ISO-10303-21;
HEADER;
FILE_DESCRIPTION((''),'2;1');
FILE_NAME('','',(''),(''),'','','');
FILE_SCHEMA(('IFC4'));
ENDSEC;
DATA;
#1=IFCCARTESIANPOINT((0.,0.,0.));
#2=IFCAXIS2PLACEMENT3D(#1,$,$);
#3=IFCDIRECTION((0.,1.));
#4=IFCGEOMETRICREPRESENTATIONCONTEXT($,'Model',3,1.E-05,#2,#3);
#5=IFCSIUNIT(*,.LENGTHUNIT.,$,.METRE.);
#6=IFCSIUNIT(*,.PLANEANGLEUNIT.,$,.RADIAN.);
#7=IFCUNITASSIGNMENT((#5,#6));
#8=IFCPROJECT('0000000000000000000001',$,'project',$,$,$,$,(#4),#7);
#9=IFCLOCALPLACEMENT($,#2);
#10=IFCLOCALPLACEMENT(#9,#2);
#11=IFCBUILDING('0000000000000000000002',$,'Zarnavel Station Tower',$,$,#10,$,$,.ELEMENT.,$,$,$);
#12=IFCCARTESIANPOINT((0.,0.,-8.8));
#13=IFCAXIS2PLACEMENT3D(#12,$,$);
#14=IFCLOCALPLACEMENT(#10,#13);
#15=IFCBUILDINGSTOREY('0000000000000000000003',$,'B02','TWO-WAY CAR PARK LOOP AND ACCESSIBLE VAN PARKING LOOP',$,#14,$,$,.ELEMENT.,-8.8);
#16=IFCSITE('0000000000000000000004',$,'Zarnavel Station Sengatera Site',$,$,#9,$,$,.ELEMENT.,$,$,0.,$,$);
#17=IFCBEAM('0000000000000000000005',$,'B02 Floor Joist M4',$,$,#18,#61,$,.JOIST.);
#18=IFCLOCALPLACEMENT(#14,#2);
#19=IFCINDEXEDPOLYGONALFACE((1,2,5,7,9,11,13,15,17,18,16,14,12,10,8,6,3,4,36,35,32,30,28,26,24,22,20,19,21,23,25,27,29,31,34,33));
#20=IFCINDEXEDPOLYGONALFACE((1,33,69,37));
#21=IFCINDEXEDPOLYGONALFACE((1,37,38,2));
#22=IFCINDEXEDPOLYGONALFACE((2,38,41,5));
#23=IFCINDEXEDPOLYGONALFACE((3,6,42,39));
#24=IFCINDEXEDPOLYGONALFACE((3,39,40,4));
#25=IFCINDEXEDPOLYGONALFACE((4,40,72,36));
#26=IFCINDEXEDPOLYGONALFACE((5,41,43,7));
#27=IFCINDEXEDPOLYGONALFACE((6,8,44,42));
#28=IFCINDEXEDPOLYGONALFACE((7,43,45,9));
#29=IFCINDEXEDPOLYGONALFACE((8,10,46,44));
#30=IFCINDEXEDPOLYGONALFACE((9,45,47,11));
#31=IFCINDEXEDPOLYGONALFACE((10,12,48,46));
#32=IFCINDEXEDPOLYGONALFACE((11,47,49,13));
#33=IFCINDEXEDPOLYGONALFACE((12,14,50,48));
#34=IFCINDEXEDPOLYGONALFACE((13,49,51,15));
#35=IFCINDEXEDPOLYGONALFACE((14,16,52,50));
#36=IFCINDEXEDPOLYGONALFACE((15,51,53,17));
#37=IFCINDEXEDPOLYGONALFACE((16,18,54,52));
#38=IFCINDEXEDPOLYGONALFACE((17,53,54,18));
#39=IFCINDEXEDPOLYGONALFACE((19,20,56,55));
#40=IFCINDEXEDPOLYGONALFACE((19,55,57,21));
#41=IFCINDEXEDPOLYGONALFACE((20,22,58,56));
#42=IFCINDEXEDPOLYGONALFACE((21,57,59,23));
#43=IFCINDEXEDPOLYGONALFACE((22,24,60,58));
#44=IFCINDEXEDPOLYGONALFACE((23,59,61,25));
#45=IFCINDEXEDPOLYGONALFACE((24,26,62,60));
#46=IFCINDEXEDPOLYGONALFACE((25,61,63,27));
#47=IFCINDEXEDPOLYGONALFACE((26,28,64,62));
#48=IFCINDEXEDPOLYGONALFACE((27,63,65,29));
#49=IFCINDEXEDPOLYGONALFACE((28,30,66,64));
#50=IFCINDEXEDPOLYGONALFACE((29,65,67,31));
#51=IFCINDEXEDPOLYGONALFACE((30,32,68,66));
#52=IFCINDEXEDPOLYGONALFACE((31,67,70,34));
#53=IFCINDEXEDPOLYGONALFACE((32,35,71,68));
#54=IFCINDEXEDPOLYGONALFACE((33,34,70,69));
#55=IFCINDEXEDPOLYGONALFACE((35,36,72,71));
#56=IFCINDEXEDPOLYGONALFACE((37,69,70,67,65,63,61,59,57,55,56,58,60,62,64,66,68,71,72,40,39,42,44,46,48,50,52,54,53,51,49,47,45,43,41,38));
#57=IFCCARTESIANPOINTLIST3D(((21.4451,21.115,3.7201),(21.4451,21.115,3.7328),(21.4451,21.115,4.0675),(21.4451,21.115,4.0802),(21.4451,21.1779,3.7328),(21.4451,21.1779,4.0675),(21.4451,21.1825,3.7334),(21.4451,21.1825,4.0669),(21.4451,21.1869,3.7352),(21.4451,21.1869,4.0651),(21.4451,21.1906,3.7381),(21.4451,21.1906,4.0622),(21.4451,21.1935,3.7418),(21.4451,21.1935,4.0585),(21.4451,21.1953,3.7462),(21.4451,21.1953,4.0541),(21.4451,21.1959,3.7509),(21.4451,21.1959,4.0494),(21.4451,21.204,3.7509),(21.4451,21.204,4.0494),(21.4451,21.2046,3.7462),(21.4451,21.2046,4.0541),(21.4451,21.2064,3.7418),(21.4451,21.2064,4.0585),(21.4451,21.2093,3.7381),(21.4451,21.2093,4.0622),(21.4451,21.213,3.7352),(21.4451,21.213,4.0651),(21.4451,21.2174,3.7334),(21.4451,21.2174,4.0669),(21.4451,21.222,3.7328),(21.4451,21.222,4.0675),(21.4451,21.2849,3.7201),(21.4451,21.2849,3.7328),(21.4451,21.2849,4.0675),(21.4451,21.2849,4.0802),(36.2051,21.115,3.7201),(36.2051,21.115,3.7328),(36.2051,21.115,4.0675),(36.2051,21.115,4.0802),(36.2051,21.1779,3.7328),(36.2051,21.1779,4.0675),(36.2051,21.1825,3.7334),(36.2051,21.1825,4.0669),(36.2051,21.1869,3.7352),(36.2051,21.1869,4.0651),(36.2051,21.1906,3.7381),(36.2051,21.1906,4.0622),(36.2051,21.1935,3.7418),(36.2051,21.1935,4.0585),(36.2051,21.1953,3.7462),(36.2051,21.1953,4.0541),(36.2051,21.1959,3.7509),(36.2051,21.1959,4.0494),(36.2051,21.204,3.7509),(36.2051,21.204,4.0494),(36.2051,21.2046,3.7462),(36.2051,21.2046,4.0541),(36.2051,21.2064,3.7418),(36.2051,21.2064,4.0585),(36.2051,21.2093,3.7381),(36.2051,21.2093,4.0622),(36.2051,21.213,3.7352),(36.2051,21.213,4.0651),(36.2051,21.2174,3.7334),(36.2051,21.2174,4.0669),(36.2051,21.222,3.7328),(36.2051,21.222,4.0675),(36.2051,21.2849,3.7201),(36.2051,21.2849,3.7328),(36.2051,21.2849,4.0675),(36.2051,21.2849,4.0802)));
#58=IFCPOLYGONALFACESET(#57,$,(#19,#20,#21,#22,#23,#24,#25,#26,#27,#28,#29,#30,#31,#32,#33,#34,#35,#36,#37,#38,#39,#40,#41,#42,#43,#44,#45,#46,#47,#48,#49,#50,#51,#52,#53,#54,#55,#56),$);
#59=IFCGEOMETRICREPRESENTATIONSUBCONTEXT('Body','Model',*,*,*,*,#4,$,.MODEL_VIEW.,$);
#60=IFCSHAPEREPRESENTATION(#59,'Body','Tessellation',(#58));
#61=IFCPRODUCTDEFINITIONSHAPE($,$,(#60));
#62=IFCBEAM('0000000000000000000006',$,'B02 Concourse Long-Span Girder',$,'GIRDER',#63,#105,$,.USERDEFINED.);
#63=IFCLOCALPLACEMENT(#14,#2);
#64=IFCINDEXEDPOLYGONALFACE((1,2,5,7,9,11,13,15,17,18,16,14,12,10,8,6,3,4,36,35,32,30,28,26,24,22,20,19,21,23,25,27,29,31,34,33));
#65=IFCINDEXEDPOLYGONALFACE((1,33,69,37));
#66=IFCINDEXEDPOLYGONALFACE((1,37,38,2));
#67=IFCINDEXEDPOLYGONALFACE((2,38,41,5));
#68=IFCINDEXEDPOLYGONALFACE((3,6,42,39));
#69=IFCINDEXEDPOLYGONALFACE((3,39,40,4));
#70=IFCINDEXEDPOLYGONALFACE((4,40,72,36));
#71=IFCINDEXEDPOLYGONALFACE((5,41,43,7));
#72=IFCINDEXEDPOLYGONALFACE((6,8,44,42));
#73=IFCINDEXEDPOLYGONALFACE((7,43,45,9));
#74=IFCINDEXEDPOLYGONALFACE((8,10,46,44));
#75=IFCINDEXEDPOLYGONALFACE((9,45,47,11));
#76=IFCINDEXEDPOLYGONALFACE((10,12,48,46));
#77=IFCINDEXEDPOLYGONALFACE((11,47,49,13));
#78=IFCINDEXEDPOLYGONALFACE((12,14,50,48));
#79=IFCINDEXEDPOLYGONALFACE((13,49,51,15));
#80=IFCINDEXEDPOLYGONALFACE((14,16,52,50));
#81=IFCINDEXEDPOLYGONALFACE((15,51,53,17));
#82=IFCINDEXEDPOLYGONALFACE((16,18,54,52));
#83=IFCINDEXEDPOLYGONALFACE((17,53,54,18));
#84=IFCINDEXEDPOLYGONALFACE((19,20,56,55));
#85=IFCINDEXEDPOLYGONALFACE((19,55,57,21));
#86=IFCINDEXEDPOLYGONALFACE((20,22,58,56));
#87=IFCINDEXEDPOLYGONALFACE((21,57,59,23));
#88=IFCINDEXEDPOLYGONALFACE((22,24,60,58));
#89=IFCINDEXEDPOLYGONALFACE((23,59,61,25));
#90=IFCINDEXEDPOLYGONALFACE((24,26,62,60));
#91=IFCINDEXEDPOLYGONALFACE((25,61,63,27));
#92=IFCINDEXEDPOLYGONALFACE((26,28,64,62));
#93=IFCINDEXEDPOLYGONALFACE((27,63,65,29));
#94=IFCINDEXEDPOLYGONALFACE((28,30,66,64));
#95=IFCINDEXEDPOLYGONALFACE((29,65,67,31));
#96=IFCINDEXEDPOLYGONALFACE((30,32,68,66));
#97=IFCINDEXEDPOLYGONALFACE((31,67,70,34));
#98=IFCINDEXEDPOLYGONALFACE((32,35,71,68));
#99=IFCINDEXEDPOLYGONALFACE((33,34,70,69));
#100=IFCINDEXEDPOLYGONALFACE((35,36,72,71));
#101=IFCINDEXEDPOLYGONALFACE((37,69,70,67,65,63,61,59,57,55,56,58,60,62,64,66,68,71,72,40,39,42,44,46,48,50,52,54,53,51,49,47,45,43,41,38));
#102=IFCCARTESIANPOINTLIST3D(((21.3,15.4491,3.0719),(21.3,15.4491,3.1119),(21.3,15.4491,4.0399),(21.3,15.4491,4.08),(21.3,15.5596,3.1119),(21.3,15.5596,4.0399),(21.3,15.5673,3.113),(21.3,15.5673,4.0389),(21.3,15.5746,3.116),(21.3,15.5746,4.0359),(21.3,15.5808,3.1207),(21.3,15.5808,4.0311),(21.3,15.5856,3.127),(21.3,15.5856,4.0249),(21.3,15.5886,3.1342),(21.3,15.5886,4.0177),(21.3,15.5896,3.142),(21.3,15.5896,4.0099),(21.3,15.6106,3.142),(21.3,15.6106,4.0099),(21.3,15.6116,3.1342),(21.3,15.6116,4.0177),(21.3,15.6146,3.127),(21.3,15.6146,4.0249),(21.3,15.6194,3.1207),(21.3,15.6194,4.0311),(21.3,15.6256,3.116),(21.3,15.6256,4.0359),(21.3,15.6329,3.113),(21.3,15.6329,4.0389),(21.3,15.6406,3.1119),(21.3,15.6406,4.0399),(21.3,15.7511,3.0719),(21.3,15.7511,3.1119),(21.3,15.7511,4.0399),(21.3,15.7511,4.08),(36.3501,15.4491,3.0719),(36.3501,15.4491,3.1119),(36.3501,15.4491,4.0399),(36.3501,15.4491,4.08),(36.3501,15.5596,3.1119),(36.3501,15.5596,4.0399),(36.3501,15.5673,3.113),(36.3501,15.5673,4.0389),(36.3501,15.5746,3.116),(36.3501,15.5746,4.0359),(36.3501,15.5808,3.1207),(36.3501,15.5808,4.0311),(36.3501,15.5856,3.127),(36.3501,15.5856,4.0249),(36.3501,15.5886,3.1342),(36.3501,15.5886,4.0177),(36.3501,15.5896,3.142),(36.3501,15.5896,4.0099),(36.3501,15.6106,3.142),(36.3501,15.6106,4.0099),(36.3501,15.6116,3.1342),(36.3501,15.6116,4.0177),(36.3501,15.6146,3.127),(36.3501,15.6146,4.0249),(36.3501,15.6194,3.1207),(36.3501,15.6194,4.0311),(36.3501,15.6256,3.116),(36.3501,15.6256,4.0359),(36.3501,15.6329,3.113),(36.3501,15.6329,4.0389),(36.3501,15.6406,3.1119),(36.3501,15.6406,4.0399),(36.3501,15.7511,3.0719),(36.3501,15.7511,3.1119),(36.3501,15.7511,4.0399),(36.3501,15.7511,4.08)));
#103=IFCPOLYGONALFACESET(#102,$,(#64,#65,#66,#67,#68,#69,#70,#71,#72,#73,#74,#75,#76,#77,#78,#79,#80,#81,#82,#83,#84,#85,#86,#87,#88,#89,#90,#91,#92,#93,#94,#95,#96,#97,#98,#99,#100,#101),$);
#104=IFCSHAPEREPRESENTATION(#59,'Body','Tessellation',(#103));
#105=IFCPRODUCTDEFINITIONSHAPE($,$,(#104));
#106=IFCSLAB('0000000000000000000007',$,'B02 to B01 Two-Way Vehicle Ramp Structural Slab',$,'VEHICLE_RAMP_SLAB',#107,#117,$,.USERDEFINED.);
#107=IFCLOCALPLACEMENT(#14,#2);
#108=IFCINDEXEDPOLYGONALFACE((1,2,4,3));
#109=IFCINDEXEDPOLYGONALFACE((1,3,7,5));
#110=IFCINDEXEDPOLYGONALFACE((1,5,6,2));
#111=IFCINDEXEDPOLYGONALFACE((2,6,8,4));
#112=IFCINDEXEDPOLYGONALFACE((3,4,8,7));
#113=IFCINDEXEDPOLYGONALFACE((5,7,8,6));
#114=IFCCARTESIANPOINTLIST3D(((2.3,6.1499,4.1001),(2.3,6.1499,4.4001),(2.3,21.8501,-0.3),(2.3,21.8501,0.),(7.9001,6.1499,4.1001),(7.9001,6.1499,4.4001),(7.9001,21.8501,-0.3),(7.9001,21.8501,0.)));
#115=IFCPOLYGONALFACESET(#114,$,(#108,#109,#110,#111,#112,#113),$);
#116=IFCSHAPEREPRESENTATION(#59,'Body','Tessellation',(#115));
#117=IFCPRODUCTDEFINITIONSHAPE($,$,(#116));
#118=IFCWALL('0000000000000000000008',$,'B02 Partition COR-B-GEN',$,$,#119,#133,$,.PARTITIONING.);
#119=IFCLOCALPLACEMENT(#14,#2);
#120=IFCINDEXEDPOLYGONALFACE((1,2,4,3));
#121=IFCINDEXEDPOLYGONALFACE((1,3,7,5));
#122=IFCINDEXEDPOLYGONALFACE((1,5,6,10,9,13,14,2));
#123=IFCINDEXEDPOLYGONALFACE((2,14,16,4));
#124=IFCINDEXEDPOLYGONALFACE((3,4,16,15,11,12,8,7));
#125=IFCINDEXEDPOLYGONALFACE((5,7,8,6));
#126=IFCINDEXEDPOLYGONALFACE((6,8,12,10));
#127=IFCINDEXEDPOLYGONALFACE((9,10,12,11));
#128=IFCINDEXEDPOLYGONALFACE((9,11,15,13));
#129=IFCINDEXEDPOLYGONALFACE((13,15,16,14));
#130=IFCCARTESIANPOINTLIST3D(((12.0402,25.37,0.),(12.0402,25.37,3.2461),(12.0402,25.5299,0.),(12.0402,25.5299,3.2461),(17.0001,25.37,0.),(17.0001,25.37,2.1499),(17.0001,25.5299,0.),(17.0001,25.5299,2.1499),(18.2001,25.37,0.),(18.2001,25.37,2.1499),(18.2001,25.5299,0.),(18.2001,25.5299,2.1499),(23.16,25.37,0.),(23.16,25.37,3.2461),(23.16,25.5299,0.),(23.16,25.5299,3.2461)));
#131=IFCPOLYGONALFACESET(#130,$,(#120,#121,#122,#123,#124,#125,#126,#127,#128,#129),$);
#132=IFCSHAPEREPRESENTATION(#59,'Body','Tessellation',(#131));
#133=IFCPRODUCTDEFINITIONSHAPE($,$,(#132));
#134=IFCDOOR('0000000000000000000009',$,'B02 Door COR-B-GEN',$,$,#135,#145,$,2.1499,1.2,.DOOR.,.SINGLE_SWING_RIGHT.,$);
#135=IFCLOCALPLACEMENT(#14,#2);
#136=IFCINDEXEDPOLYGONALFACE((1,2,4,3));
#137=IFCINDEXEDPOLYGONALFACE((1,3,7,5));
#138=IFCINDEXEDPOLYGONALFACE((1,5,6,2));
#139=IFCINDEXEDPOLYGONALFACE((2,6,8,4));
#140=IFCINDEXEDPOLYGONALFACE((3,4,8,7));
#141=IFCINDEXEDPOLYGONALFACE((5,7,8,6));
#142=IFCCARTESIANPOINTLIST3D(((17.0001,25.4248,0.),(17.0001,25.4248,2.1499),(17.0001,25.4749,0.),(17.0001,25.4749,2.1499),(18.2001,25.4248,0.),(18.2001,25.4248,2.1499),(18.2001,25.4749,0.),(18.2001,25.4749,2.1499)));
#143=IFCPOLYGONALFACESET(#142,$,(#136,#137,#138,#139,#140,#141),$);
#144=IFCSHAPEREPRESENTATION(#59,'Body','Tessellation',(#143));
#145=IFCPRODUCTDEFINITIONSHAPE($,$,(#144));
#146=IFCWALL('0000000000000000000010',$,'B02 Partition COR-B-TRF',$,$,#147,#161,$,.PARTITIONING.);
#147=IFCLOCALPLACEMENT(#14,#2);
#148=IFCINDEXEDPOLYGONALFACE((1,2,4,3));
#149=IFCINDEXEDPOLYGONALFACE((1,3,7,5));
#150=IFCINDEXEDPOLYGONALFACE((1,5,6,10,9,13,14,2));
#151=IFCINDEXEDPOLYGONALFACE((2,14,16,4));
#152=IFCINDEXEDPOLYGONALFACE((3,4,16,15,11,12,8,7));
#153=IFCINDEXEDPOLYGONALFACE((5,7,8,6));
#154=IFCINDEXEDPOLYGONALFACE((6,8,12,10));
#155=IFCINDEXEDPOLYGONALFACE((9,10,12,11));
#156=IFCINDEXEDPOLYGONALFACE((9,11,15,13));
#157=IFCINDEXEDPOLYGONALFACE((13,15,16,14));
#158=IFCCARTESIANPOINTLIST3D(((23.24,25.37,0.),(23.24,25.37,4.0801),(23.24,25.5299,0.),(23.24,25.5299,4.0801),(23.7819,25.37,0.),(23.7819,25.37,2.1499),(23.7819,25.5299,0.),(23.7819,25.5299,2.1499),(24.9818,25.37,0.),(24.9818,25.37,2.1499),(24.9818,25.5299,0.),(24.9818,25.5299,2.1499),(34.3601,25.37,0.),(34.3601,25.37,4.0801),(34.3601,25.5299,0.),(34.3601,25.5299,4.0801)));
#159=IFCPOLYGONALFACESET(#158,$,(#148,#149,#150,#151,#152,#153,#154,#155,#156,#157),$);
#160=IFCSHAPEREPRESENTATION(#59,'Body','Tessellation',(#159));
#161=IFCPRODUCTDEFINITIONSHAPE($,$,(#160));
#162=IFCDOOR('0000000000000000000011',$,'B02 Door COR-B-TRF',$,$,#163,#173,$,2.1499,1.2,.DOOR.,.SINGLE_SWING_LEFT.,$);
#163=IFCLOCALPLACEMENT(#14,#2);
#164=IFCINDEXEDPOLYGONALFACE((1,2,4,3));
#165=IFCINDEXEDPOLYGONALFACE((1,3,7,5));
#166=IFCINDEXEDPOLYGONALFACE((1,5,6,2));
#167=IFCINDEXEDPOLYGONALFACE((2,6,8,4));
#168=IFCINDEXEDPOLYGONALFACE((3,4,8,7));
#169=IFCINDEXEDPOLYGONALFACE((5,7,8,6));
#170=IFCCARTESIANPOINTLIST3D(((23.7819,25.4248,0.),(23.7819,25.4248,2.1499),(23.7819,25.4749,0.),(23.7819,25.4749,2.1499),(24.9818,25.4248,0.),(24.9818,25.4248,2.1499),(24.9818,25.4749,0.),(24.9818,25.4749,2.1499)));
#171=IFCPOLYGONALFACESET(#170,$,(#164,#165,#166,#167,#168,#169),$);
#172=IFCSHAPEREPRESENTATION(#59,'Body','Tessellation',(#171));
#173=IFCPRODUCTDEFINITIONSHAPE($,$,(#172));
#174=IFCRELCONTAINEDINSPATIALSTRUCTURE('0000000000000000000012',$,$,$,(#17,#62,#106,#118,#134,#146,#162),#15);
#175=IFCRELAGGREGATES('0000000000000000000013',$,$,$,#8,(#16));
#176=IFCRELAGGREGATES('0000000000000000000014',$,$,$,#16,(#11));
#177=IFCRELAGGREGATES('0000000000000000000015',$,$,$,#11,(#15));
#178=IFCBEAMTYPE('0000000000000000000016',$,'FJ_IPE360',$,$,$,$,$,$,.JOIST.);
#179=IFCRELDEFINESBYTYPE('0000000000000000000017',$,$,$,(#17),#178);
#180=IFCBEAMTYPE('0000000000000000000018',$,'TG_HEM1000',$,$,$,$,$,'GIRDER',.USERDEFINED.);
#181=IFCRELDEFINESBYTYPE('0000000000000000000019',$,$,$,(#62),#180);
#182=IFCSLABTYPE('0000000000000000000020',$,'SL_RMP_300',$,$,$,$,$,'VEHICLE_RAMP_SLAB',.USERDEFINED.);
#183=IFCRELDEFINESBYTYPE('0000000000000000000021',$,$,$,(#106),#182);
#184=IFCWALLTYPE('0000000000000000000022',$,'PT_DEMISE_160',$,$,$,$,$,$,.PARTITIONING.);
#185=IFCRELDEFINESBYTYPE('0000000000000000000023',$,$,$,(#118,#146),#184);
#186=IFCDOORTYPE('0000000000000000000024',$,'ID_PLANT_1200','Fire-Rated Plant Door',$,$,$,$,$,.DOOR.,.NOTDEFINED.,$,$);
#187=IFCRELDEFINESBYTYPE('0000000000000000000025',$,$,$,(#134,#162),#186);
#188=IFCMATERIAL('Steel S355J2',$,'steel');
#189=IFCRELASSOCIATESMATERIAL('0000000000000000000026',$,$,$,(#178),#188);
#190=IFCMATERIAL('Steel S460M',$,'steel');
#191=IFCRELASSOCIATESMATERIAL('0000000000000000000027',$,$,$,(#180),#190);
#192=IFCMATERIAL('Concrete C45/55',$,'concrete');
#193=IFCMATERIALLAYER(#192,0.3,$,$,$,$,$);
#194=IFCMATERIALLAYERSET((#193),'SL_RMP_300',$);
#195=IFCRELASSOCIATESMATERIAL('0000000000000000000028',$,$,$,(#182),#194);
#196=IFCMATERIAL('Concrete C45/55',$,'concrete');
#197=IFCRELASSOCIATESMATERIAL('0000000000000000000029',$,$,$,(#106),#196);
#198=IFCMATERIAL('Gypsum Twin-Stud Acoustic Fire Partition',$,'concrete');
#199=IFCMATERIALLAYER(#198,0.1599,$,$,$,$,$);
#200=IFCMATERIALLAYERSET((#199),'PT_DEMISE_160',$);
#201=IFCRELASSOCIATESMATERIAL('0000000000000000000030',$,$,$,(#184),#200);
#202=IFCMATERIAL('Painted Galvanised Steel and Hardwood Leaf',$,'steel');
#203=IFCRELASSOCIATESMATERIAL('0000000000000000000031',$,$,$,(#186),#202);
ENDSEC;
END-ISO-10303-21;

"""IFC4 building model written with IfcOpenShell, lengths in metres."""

from ifc_helpers import new_model, si_unit, direction, frame, frame_2d, origin, origin_2d, place, context, subcontext, project, spatial, polyline, rectangle, i_section, outline, extrude, material, layer, layer_set, material_profile, profile_set, type_object, element, fill, save


model = new_model("IFC4")

# Units and contexts
model_context = context("Model", 3, precision=1e-05, world=origin(), true_north=direction((0.0, 1.0)))
body_context = subcontext(model_context, "Body", "Model", "MODEL_VIEW")
ifc_project = project(units=[si_unit("LENGTHUNIT", "METRE"), si_unit("PLANEANGLEUNIT", "RADIAN")], contexts=[model_context])

# Site, building, storey
site_placement = place(None, origin())
site = spatial("IfcSite", under=ifc_project, at=site_placement, Name="Zarnavel Station Sengatera Site", CompositionType="ELEMENT", RefElevation=0.0)
building_placement = place(site_placement, origin())
building = spatial("IfcBuilding", under=site, at=building_placement, Name="Zarnavel Station Tower", CompositionType="ELEMENT")
storey_placement = place(building_placement, frame((0.0, 0.0, -8.8)))
storey = spatial("IfcBuildingStorey", under=building, at=storey_placement, Name="B02", Description="TWO-WAY CAR PARK LOOP AND ACCESSIBLE VAN PARKING LOOP", CompositionType="ELEMENT", Elevation=-8.8)

# Beams
ifc_material_1 = material(Name="Steel S355J2", Category="steel")
ifc_material_profile_1 = material_profile(ifc_material_1, i_section(OverallWidth=0.1699, OverallDepth=0.3601, WebThickness=0.0081, FlangeThickness=0.0127, FilletRadius=0.0181, at=origin_2d()), Name="IPE360")
ifc_profile_set_1 = profile_set([ifc_material_profile_1], Name="Steel S355J2")
beam_type_1 = type_object("IfcBeamType", Name="FJ_IPE360", PredefinedType="JOIST", material=ifc_profile_set_1)
beam_1_placement = place(storey_placement, frame((21.4451, 21.2, 3.9001), z_axis=(1.0, 0.0, 0.0), x_axis=(0.0, 1.0, 0.0)))
element("IfcBeam", 1, at=beam_1_placement, inside=storey, type_object=beam_type_1, Name="B02 Floor Joist M4", PredefinedType="JOIST", context=body_context, shape_type="SweptSolid", body=[
    extrude(i_section(OverallWidth=0.1699, OverallDepth=0.3601, WebThickness=0.0081, FlangeThickness=0.0127, FilletRadius=0.0181, at=origin_2d()), origin(), (0.0, 0.0, 1.0), 14.76),
])
ifc_material_2 = material(Name="Steel S460M", Category="steel")
ifc_material_profile_2 = material_profile(ifc_material_2, i_section(OverallWidth=0.302, OverallDepth=1.0081, WebThickness=0.021, FlangeThickness=0.04, FilletRadius=0.03, at=origin_2d()), Name="HEM1000")
ifc_profile_set_2 = profile_set([ifc_material_profile_2], Name="Steel S460M")
beam_type_2 = type_object("IfcBeamType", Name="TG_HEM1000", ElementType="GIRDER", PredefinedType="USERDEFINED", material=ifc_profile_set_2)
beam_2_placement = place(storey_placement, frame((21.3, 15.6001, 3.5759), z_axis=(1.0, 0.0, 0.0), x_axis=(0.0, 1.0, 0.0)))
element("IfcBeam", 2, at=beam_2_placement, inside=storey, type_object=beam_type_2, Name="B02 Concourse Long-Span Girder", ObjectType="GIRDER", PredefinedType="USERDEFINED", context=body_context, shape_type="SweptSolid", body=[
    extrude(i_section(OverallWidth=0.302, OverallDepth=1.0081, WebThickness=0.021, FlangeThickness=0.04, FilletRadius=0.03, at=origin_2d()), origin(), (0.0, 0.0, 1.0), 15.05),
])

# Slab
ifc_material_3 = material(Name="Concrete C45/55", Category="concrete")
ifc_material_4 = material(Name="Concrete C45/55", Category="concrete")
ifc_layer_1 = layer(ifc_material_4, 0.3)
ifc_layer_set_1 = layer_set([ifc_layer_1], Name="SL_RMP_300")
slab_type = type_object("IfcSlabType", Name="SL_RMP_300", ElementType="VEHICLE_RAMP_SLAB", PredefinedType="USERDEFINED", material=ifc_layer_set_1)
slab_placement = place(storey_placement, frame((5.1001, 21.8501, 0.0), z_axis=(0.0, 0.0, 1.0), x_axis=(0.0, -1.0, 0.0)))
element("IfcSlab", 3, at=slab_placement, inside=storey, type_object=slab_type, material=ifc_material_3, Name="B02 to B01 Two-Way Vehicle Ramp Structural Slab", ObjectType="VEHICLE_RAMP_SLAB", PredefinedType="USERDEFINED", context=body_context, shape_type="SweptSolid", body=[
    extrude(outline(polyline([(0.0, 0.0), (15.7002, 4.4001), (15.7002, 4.1001), (0.0, -0.3), (0.0, 0.0)])), frame((0.0, -2.8, 0.0), z_axis=(0.0, -1.0, 0.0), x_axis=(1.0, 0.0, 0.0)), (0.0, 0.0, -1.0), 5.6001),
])

# Walls, openings, doors
ifc_material_5 = material(Name="Gypsum Twin-Stud Acoustic Fire Partition", Category="concrete")
ifc_layer_2 = layer(ifc_material_5, 0.1599)
ifc_layer_set_2 = layer_set([ifc_layer_2], Name="PT_DEMISE_160")
wall_type = type_object("IfcWallType", Name="PT_DEMISE_160", PredefinedType="PARTITIONING", material=ifc_layer_set_2)
wall_1_placement = place(storey_placement, frame((12.04, 25.45, 0.0), z_axis=(0.0, 0.0, 1.0), x_axis=(1.0, 0.0, 0.0)))
wall_1 = element("IfcWall", 4, at=wall_1_placement, inside=storey, type_object=wall_type, Name="B02 Partition COR-B-GEN", PredefinedType="PARTITIONING", context=body_context, shape_type="SweptSolid", body=[
    extrude(rectangle(XDim=11.1199, YDim=0.1599, at=frame_2d((5.5601, 0.0))), origin(), (0.0, 0.0, 1.0), 3.2461),
])
opening_1_placement = place(wall_1_placement, frame((4.96, 0.0, 0.0)))
opening_1 = element("IfcOpeningElement", 5, at=opening_1_placement, cuts=wall_1, PredefinedType="OPENING", context=body_context, shape_type="SweptSolid", body=[
    extrude(rectangle(XDim=1.2, YDim=2.1499, at=frame_2d((0.6001, 1.075))), frame((0.0, 0.0898, 0.0), z_axis=(0.0, -1.0, 0.0), x_axis=(1.0, 0.0, 0.0)), (0.0, 0.0, 1.0), 0.1799),
])
ifc_material_6 = material(Name="Painted Galvanised Steel and Hardwood Leaf", Category="steel")
door_type = type_object("IfcDoorType", Name="ID_PLANT_1200", Description="Fire-Rated Plant Door", OperationType="NOTDEFINED", PredefinedType="DOOR", material=ifc_material_6)
door_1_placement = place(opening_1_placement, origin())
door_1 = element("IfcDoor", 6, at=door_1_placement, inside=storey, type_object=door_type, Name="B02 Door COR-B-GEN", OperationType="SINGLE_SWING_RIGHT", OverallHeight=2.1499, OverallWidth=1.2, PredefinedType="DOOR", context=body_context, shape_type="SweptSolid", body=[
    extrude(rectangle(XDim=1.2, YDim=2.1499, at=frame_2d((0.6001, 1.075))), frame((0.0, 0.0249, 0.0), z_axis=(0.0, -1.0, 0.0), x_axis=(1.0, 0.0, 0.0)), (0.0, 0.0, 1.0), 0.05),
])
fill(opening_1, door_1)
wall_2_placement = place(storey_placement, frame((23.24, 25.45, 0.0), z_axis=(0.0, 0.0, 1.0), x_axis=(1.0, 0.0, 0.0)))
wall_2 = element("IfcWall", 7, at=wall_2_placement, inside=storey, type_object=wall_type, Name="B02 Partition COR-B-TRF", PredefinedType="PARTITIONING", context=body_context, shape_type="SweptSolid", body=[
    extrude(rectangle(XDim=11.1201, YDim=0.1599, at=frame_2d((5.5601, 0.0))), origin(), (0.0, 0.0, 1.0), 4.0801),
])
opening_2_placement = place(wall_2_placement, frame((0.5417, 0.0, 0.0)))
opening_2 = element("IfcOpeningElement", 8, at=opening_2_placement, cuts=wall_2, PredefinedType="OPENING", context=body_context, shape_type="SweptSolid", body=[
    extrude(rectangle(XDim=1.2, YDim=2.1499, at=frame_2d((0.6001, 1.075))), frame((0.0, 0.0898, 0.0), z_axis=(0.0, -1.0, 0.0), x_axis=(1.0, 0.0, 0.0)), (0.0, 0.0, 1.0), 0.1799),
])
door_2_placement = place(opening_2_placement, origin())
door_2 = element("IfcDoor", 9, at=door_2_placement, inside=storey, type_object=door_type, Name="B02 Door COR-B-TRF", OperationType="SINGLE_SWING_LEFT", OverallHeight=2.1499, OverallWidth=1.2, PredefinedType="DOOR", context=body_context, shape_type="SweptSolid", body=[
    extrude(rectangle(XDim=1.2, YDim=2.1499, at=frame_2d((0.6001, 1.075))), frame((0.0, 0.0249, 0.0), z_axis=(0.0, -1.0, 0.0), x_axis=(1.0, 0.0, 0.0)), (0.0, 0.0, 1.0), 0.05),
])
fill(opening_2, door_2)

save(model, "model.ifc")
